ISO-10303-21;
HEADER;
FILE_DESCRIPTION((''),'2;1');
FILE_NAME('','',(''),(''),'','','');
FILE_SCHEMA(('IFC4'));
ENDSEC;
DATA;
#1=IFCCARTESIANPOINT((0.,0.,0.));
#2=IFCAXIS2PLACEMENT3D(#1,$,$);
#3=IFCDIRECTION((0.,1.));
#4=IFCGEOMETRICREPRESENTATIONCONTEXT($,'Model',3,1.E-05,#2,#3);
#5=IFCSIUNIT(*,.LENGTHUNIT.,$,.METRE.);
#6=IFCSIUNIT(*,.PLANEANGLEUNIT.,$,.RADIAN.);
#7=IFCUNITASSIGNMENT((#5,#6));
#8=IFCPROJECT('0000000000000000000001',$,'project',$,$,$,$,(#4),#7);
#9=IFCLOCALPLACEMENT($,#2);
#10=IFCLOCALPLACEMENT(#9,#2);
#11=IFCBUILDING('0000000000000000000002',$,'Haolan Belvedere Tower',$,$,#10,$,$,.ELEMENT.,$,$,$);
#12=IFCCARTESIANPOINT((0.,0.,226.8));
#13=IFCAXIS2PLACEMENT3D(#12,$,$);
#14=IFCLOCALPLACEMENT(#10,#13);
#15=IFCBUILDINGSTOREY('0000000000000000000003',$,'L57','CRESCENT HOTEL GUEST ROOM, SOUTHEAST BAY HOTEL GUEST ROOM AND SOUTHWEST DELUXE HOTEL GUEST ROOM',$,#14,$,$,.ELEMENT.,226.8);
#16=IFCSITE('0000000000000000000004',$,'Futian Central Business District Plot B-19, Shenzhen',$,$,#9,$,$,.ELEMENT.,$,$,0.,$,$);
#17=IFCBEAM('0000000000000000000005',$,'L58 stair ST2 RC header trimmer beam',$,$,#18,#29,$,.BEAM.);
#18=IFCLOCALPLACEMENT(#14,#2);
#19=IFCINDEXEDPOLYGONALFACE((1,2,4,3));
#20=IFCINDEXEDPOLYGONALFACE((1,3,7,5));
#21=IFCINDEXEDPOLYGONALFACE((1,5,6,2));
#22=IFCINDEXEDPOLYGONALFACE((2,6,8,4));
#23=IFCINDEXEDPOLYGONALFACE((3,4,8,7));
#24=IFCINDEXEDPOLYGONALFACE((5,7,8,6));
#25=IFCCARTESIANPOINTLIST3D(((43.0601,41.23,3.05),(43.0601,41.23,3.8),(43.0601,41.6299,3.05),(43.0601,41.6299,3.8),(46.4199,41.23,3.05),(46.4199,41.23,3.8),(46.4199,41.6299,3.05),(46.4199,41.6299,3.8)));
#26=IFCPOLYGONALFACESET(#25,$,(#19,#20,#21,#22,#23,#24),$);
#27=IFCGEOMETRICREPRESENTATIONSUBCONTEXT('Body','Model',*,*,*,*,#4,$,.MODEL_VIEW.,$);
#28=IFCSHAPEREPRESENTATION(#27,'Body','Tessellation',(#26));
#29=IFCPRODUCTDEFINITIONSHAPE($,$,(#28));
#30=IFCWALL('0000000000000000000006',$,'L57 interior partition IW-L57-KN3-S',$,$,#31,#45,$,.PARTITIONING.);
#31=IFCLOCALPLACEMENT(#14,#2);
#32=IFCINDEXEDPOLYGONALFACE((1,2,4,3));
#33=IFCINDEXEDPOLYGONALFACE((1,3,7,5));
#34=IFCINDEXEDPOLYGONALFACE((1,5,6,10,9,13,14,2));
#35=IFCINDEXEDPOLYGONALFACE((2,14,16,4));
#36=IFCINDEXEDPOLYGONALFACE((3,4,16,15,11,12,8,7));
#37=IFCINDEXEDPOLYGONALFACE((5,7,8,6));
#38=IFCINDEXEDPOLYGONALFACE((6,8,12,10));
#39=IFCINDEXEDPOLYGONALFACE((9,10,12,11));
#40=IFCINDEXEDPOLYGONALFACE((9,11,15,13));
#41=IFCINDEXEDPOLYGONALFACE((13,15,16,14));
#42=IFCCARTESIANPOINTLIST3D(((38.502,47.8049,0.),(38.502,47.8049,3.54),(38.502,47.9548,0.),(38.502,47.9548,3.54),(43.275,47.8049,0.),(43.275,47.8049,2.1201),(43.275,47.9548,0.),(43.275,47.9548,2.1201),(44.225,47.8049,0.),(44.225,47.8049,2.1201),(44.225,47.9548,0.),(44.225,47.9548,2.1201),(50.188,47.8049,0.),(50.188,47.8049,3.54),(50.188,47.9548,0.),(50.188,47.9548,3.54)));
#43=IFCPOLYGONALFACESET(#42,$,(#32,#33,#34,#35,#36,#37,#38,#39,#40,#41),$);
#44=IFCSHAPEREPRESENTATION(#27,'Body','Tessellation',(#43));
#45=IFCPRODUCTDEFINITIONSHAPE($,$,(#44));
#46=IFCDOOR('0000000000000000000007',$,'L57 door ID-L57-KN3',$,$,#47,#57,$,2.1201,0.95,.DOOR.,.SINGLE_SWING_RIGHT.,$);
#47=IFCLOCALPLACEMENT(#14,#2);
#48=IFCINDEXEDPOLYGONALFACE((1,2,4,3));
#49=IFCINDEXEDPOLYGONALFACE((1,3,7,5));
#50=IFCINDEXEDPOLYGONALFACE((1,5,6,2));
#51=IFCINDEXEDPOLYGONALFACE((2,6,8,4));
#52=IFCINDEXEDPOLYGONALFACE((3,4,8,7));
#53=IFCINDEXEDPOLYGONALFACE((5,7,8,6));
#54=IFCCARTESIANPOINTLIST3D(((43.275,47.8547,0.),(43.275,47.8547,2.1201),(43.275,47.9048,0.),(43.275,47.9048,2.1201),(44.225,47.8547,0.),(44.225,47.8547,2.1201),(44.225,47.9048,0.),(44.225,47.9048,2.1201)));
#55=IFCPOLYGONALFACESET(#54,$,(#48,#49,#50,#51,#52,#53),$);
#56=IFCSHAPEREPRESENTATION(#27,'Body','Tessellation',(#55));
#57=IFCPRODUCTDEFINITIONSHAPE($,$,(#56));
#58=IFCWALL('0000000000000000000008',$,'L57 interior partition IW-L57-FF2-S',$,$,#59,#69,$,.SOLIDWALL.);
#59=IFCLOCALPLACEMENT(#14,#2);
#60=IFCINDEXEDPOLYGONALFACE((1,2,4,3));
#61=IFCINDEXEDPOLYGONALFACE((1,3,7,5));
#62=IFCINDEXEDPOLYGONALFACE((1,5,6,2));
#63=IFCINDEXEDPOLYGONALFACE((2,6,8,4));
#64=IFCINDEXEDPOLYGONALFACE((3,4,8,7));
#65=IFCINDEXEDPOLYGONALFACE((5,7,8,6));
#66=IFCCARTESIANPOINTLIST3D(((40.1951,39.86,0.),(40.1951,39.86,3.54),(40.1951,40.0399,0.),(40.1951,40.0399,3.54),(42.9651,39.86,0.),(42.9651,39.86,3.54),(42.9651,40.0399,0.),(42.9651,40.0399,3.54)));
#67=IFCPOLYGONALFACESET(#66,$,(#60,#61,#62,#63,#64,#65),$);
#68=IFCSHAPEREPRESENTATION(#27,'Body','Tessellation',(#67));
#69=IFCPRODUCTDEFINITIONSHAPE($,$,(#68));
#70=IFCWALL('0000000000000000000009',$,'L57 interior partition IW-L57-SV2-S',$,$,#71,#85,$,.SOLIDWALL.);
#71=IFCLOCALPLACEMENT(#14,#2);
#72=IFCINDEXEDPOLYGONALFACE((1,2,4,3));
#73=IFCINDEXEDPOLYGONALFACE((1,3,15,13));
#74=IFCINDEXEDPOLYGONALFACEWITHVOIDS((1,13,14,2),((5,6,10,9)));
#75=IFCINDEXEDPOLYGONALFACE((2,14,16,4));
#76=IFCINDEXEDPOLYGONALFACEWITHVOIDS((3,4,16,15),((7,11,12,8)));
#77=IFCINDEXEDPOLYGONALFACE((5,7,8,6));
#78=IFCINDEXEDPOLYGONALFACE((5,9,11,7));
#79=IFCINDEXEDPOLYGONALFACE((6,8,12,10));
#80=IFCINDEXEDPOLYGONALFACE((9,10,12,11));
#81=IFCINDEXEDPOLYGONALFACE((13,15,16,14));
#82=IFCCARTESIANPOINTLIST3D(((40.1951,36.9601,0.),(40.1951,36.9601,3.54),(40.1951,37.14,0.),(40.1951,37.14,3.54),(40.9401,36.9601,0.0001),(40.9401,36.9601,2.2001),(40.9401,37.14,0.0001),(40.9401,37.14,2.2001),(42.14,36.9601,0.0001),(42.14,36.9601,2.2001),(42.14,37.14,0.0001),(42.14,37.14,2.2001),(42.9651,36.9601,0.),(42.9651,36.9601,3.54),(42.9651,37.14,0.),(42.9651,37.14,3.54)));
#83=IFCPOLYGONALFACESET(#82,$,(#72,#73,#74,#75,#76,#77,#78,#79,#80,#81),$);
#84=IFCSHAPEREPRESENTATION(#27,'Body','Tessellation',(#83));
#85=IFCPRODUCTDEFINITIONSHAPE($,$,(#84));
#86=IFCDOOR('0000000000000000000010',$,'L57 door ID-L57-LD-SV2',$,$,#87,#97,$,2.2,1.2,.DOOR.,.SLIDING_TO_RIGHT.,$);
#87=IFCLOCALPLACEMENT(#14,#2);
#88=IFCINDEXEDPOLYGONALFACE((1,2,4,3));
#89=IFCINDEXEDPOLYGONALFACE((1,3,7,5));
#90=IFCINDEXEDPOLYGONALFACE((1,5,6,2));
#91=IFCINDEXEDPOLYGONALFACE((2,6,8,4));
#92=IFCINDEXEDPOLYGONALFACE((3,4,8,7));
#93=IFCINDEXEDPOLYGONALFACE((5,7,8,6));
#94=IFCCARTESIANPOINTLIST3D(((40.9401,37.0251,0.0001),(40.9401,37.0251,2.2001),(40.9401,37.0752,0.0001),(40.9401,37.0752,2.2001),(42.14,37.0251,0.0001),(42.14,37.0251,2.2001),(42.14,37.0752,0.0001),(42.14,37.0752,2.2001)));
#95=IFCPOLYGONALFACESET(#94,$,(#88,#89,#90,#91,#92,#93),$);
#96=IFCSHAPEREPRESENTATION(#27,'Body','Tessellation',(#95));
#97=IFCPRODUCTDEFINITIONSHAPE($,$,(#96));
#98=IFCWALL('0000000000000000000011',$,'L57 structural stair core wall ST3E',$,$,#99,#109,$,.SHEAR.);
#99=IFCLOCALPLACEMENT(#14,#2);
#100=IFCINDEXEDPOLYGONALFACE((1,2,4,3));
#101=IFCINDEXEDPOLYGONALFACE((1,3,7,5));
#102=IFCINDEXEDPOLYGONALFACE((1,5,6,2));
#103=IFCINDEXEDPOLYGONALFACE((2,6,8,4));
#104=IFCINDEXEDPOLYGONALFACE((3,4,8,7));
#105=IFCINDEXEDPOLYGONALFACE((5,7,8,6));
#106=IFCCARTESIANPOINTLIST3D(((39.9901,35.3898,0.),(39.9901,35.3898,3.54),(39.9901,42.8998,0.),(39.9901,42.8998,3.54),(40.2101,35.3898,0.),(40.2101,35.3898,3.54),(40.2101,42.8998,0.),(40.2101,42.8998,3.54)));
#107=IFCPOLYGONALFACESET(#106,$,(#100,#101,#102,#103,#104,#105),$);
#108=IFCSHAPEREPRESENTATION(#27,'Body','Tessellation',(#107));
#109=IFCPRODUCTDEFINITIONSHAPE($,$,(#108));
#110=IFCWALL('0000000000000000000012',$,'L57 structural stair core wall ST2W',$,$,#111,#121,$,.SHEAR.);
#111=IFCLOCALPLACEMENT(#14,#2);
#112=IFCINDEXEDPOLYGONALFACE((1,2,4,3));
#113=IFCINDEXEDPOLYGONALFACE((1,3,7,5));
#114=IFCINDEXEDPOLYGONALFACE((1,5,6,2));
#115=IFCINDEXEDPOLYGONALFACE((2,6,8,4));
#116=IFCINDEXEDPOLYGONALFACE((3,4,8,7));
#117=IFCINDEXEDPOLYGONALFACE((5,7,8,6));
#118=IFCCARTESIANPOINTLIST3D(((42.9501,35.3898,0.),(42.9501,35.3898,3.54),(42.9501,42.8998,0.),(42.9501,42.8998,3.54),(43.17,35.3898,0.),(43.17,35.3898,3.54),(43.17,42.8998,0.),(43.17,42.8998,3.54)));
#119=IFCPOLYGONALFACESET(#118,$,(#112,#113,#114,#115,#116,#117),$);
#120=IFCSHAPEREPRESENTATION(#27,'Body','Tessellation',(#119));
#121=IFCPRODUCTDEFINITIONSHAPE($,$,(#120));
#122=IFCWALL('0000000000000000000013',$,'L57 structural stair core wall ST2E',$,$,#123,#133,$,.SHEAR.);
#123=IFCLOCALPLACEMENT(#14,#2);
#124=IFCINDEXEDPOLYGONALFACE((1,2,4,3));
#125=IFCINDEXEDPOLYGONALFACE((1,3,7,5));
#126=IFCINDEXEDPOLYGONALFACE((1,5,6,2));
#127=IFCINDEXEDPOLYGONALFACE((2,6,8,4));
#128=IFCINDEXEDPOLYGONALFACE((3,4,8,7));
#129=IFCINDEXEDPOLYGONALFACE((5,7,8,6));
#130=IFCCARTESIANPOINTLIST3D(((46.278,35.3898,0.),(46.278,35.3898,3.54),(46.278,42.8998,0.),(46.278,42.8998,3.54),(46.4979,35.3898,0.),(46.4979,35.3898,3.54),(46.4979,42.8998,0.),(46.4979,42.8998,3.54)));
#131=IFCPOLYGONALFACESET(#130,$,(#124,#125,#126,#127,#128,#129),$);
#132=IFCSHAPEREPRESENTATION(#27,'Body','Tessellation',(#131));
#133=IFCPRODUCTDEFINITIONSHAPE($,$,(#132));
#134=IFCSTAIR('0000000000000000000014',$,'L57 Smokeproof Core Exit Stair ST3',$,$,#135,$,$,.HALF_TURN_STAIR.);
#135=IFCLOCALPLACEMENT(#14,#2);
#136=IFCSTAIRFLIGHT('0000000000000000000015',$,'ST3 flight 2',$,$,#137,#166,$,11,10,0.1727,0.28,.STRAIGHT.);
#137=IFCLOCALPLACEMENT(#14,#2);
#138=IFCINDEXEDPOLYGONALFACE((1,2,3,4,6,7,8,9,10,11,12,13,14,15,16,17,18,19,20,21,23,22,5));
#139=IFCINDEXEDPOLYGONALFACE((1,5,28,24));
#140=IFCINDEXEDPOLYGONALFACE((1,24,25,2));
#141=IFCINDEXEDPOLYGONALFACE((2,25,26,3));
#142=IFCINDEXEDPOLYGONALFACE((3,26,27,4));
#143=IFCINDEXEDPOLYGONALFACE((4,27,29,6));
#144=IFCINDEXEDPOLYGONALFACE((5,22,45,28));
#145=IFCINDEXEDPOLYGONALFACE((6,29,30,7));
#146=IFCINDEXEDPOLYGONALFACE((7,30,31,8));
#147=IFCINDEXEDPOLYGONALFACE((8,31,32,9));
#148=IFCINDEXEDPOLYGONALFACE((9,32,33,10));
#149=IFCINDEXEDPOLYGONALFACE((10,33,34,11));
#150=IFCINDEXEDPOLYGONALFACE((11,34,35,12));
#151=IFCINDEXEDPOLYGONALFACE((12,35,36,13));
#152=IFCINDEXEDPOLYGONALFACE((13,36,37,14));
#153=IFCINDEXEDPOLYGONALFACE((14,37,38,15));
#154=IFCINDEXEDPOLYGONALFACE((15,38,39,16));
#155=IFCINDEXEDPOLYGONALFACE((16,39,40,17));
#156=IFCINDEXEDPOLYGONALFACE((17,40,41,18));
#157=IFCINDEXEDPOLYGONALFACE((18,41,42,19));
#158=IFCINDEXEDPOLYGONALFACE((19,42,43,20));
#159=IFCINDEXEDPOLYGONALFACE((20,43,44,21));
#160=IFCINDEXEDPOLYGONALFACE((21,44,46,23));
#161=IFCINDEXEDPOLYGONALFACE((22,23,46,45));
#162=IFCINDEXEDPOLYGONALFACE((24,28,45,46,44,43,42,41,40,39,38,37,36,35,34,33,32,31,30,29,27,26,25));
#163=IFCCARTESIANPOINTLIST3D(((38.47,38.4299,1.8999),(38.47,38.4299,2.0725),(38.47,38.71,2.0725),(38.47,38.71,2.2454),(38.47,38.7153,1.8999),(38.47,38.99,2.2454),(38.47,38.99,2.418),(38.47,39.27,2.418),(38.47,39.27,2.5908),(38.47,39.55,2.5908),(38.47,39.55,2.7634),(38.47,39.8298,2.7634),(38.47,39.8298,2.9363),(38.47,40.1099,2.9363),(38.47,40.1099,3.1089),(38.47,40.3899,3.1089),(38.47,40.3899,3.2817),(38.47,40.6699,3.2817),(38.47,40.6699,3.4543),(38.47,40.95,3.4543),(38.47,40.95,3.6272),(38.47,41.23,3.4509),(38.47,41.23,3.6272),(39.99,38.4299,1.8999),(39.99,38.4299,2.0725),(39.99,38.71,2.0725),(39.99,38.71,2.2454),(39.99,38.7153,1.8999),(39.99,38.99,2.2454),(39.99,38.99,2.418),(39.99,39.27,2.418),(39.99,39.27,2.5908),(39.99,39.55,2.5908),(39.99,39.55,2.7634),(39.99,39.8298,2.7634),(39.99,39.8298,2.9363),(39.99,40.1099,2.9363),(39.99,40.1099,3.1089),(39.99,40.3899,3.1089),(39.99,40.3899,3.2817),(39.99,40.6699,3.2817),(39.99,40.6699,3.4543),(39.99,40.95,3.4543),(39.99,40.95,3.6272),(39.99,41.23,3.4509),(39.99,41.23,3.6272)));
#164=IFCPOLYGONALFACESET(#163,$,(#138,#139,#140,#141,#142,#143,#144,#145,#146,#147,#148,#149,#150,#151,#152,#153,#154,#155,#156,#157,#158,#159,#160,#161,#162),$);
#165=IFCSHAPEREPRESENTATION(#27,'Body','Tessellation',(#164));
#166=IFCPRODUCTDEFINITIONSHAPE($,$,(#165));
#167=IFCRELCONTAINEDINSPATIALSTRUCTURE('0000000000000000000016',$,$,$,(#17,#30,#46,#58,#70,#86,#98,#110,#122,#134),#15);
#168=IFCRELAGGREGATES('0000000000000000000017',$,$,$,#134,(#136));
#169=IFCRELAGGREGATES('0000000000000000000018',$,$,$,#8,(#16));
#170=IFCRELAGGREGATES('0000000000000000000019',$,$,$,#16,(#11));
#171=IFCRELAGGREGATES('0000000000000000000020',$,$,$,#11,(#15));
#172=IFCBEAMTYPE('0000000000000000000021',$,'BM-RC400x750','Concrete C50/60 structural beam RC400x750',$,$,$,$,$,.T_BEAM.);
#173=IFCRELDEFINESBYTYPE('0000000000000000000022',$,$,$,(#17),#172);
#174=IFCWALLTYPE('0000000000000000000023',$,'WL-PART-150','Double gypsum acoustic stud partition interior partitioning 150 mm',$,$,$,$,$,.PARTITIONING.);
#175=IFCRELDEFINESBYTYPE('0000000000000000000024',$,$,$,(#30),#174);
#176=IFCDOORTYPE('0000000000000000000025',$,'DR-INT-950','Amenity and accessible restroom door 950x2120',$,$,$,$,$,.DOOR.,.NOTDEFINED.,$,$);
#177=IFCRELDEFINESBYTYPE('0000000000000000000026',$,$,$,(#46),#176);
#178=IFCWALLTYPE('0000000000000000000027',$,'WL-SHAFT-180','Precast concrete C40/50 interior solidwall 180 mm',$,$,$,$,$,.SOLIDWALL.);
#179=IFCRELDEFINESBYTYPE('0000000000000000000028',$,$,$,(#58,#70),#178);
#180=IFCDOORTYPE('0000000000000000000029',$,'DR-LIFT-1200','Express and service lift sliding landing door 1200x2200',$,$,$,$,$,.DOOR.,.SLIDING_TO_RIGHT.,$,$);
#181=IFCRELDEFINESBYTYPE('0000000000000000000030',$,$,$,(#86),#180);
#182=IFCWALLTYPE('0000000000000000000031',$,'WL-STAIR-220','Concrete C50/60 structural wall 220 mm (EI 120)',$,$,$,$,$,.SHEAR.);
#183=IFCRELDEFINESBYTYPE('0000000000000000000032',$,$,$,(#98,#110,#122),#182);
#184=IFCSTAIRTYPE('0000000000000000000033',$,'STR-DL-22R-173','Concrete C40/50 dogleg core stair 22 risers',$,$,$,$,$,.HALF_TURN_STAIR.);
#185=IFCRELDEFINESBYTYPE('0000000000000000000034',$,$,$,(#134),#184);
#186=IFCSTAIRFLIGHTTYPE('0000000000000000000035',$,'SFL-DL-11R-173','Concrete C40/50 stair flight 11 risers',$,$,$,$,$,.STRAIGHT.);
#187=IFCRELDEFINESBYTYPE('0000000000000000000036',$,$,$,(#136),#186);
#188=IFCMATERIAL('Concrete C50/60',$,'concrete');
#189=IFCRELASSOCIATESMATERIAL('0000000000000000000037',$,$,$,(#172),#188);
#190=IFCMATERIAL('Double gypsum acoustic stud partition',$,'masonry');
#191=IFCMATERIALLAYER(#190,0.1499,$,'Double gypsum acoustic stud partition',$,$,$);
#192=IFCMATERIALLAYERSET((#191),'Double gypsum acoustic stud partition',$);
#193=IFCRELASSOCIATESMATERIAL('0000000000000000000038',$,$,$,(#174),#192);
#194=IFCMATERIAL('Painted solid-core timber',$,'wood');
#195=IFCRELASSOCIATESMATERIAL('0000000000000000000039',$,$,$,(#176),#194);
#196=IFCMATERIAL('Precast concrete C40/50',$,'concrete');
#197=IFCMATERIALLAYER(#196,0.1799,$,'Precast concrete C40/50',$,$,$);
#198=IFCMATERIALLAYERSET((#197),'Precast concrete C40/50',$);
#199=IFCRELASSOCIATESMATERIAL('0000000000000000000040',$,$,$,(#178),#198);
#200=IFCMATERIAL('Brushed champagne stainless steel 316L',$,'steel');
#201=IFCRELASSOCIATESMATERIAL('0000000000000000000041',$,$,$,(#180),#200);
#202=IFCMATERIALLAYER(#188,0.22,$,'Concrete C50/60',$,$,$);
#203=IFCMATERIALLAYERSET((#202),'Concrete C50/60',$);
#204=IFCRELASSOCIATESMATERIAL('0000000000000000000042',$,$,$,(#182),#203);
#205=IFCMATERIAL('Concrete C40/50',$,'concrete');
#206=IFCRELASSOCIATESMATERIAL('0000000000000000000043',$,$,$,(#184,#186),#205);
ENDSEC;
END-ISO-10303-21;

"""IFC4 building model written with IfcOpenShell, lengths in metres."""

from ifc_helpers import new_model, si_unit, direction, frame, frame_2d, origin, origin_2d, place, context, subcontext, project, spatial, polyline, rectangle, outline, extrude, material, layer, layer_set, material_profile, profile_set, type_object, element, fill, aggregate, save


model = new_model("IFC4")

# Units and contexts
model_context = context("Model", 3, precision=1e-05, world=origin(), true_north=direction((0.0, 1.0)))
body_context = subcontext(model_context, "Body", "Model", "MODEL_VIEW")
ifc_project = project(units=[si_unit("LENGTHUNIT", "METRE"), si_unit("PLANEANGLEUNIT", "RADIAN")], contexts=[model_context])

# Site, building, storey
site_placement = place(None, origin())
site = spatial("IfcSite", under=ifc_project, at=site_placement, Name="Futian Central Business District Plot B-19, Shenzhen", CompositionType="ELEMENT", RefElevation=0.0)
building_placement = place(site_placement, origin())
building = spatial("IfcBuilding", under=site, at=building_placement, Name="Haolan Belvedere Tower", CompositionType="ELEMENT")
storey_placement = place(building_placement, frame((0.0, 0.0, 226.8)))
storey = spatial("IfcBuildingStorey", under=building, at=storey_placement, Name="L57", Description="CRESCENT HOTEL GUEST ROOM, SOUTHEAST BAY HOTEL GUEST ROOM AND SOUTHWEST DELUXE HOTEL GUEST ROOM", CompositionType="ELEMENT", Elevation=226.8)

# Beam
ifc_material_1 = material(Name="Concrete C50/60", Category="concrete")
ifc_material_profile = material_profile(ifc_material_1, rectangle(XDim=0.3999, YDim=0.75, at=origin_2d()), Name="Concrete C50/60")
ifc_profile_set = profile_set([ifc_material_profile], Name="Concrete C50/60")
beam_type = type_object("IfcBeamType", Name="BM-RC400x750", Description="Concrete C50/60 structural beam RC400x750", PredefinedType="T_BEAM", material=ifc_profile_set)
beam_placement = place(storey_placement, frame((43.0601, 41.4299, 3.425), z_axis=(1.0, 0.0, 0.0), x_axis=(0.0, 1.0, 0.0)))
element("IfcBeam", 1, at=beam_placement, inside=storey, type_object=beam_type, Name="L58 stair ST2 RC header trimmer beam", PredefinedType="BEAM", context=body_context, shape_type="SweptSolid", body=[
    extrude(rectangle(XDim=0.3999, YDim=0.75, at=origin_2d()), origin(), (0.0, 0.0, 1.0), 3.3599),
])

# Wall, opening, door
ifc_material_2 = material(Name="Concrete C40/50", Category="concrete")
ifc_material_3 = material(Name="Double gypsum acoustic stud partition", Category="masonry")
ifc_layer_1 = layer(ifc_material_3, 0.1499, Name="Double gypsum acoustic stud partition")
ifc_layer_set_1 = layer_set([ifc_layer_1], Name="Double gypsum acoustic stud partition")
wall_type_1 = type_object("IfcWallType", Name="WL-PART-150", Description="Double gypsum acoustic stud partition interior partitioning 150 mm", PredefinedType="PARTITIONING", material=ifc_layer_set_1)
wall_1_placement = place(storey_placement, frame((38.502, 47.8799, 0.0), z_axis=(0.0, 0.0, 1.0), x_axis=(1.0, 0.0, 0.0)))
wall_1 = element("IfcWall", 2, at=wall_1_placement, inside=storey, type_object=wall_type_1, Name="L57 interior partition IW-L57-KN3-S", PredefinedType="PARTITIONING", context=body_context, shape_type="SweptSolid", body=[
    extrude(rectangle(XDim=11.686, YDim=0.1499, at=frame_2d((5.843, 0.0))), origin(), (0.0, 0.0, 1.0), 3.54),
])
opening_1_placement = place(wall_1_placement, frame((4.7729, 0.0, 0.0)))
opening_1 = element("IfcOpeningElement", 3, at=opening_1_placement, cuts=wall_1, PredefinedType="OPENING", context=body_context, shape_type="SweptSolid", body=[
    extrude(rectangle(XDim=0.95, YDim=2.1201, at=frame_2d((0.4751, 1.0601))), frame((0.0, 0.085, 0.0), z_axis=(0.0, -1.0, 0.0), x_axis=(1.0, 0.0, 0.0)), (0.0, 0.0, 1.0), 0.1699),
])
ifc_material_4 = material(Name="Painted solid-core timber", Category="wood")
door_type_1 = type_object("IfcDoorType", Name="DR-INT-950", Description="Amenity and accessible restroom door 950x2120", OperationType="NOTDEFINED", PredefinedType="DOOR", material=ifc_material_4)
door_1_placement = place(opening_1_placement, origin())
door_1 = element("IfcDoor", 4, at=door_1_placement, inside=storey, type_object=door_type_1, Name="L57 door ID-L57-KN3", OperationType="SINGLE_SWING_RIGHT", OverallHeight=2.1201, OverallWidth=0.95, PredefinedType="DOOR", context=body_context, shape_type="SweptSolid", body=[
    extrude(rectangle(XDim=0.95, YDim=2.1201, at=frame_2d((0.4751, 1.0601))), frame((0.0, 0.0249, 0.0), z_axis=(0.0, -1.0, 0.0), x_axis=(1.0, 0.0, 0.0)), (0.0, 0.0, 1.0), 0.05),
])
fill(opening_1, door_1)

# Wall
ifc_material_5 = material(Name="Precast concrete C40/50", Category="concrete")
ifc_layer_2 = layer(ifc_material_5, 0.1799, Name="Precast concrete C40/50")
ifc_layer_set_2 = layer_set([ifc_layer_2], Name="Precast concrete C40/50")
wall_type_2 = type_object("IfcWallType", Name="WL-SHAFT-180", Description="Precast concrete C40/50 interior solidwall 180 mm", PredefinedType="SOLIDWALL", material=ifc_layer_set_2)
wall_2_placement = place(storey_placement, frame((40.1951, 39.95, 0.0), z_axis=(0.0, 0.0, 1.0), x_axis=(1.0, 0.0, 0.0)))
element("IfcWall", 5, at=wall_2_placement, inside=storey, type_object=wall_type_2, Name="L57 interior partition IW-L57-FF2-S", PredefinedType="SOLIDWALL", context=body_context, shape_type="SweptSolid", body=[
    extrude(rectangle(XDim=2.77, YDim=0.1799, at=frame_2d((1.385, 0.0))), origin(), (0.0, 0.0, 1.0), 3.54),
])

# Wall, opening, door
wall_3_placement = place(storey_placement, frame((40.1951, 37.05, 0.0), z_axis=(0.0, 0.0, 1.0), x_axis=(1.0, 0.0, 0.0)))
wall_3 = element("IfcWall", 6, at=wall_3_placement, inside=storey, type_object=wall_type_2, Name="L57 interior partition IW-L57-SV2-S", PredefinedType="SOLIDWALL", context=body_context, shape_type="SweptSolid", body=[
    extrude(rectangle(XDim=2.77, YDim=0.1799, at=frame_2d((1.385, 0.0))), origin(), (0.0, 0.0, 1.0), 3.54),
])
opening_2_placement = place(wall_3_placement, frame((1.9451, 0.0, 0.0), z_axis=(0.0, 0.0, 1.0), x_axis=(-1.0, 0.0, 0.0)))
opening_2 = element("IfcOpeningElement", 7, at=opening_2_placement, cuts=wall_3, PredefinedType="OPENING", context=body_context, shape_type="SweptSolid", body=[
    extrude(rectangle(XDim=1.2, YDim=2.2, at=frame_2d((0.6001, 1.1001))), frame((0.0, 0.0999, 0.0), z_axis=(0.0, -1.0, 0.0), x_axis=(1.0, 0.0, 0.0)), (0.0, 0.0, 1.0), 0.2),
])
ifc_material_6 = material(Name="Brushed champagne stainless steel 316L", Category="steel")
door_type_2 = type_object("IfcDoorType", Name="DR-LIFT-1200", Description="Express and service lift sliding landing door 1200x2200", OperationType="SLIDING_TO_RIGHT", PredefinedType="DOOR", material=ifc_material_6)
door_2_placement = place(opening_2_placement, origin())
door_2 = element("IfcDoor", 8, at=door_2_placement, inside=storey, type_object=door_type_2, Name="L57 door ID-L57-LD-SV2", OperationType="SLIDING_TO_RIGHT", OverallHeight=2.2, OverallWidth=1.2, PredefinedType="DOOR", context=body_context, shape_type="SweptSolid", body=[
    extrude(rectangle(XDim=1.2, YDim=2.2, at=frame_2d((0.6001, 1.1001))), frame((0.0, 0.0249, 0.0), z_axis=(0.0, -1.0, 0.0), x_axis=(1.0, 0.0, 0.0)), (0.0, 0.0, 1.0), 0.05),
])
fill(opening_2, door_2)

# Walls
ifc_layer_3 = layer(ifc_material_1, 0.22, Name="Concrete C50/60")
ifc_layer_set_3 = layer_set([ifc_layer_3], Name="Concrete C50/60")
wall_type_3 = type_object("IfcWallType", Name="WL-STAIR-220", Description="Concrete C50/60 structural wall 220 mm (EI 120)", PredefinedType="SHEAR", material=ifc_layer_set_3)
for number, where, z_axis, x_axis, name in (
    (9, (40.1001, 35.3899, 0.0), (0.0, 0.0, 1.0), (0.0, 1.0, 0.0), "L57 structural stair core wall ST3E"),
    (10, (43.0601, 35.3899, 0.0), (0.0, 0.0, 1.0), (0.0, 1.0, 0.0), "L57 structural stair core wall ST2W"),
    (11, (46.3879, 35.3899, 0.0), (0.0, 0.0, 1.0), (0.0, 1.0, 0.0), "L57 structural stair core wall ST2E"),
):
    element("IfcWall", number, at=place(storey_placement, frame(where, z_axis=z_axis, x_axis=x_axis)), inside=storey, type_object=wall_type_3, Name=name, PredefinedType="SHEAR", context=body_context, shape_type="SweptSolid", body=[
        extrude(rectangle(XDim=7.51, YDim=0.22, at=frame_2d((3.7549, 0.0))), origin(), (0.0, 0.0, 1.0), 3.54),
    ])

# Stair, stair flight
stair_type = type_object("IfcStairType", Name="STR-DL-22R-173", Description="Concrete C40/50 dogleg core stair 22 risers", PredefinedType="HALF_TURN_STAIR", material=ifc_material_2)
stair_1_placement = place(storey_placement, origin())
stair_1 = element("IfcStair", 12, at=stair_1_placement, inside=storey, type_object=stair_type, Name="L57 Smokeproof Core Exit Stair ST3", PredefinedType="HALF_TURN_STAIR")
stair_flight_type = type_object("IfcStairFlightType", Name="SFL-DL-11R-173", Description="Concrete C40/50 stair flight 11 risers", PredefinedType="STRAIGHT", material=ifc_material_2)
stair_flight_1_placement = place(storey_placement, frame((39.23, 38.4299, 1.8999), z_axis=(0.0, 0.0, 1.0), x_axis=(0.0, 1.0, 0.0)))
stair_flight_1 = element("IfcStairFlight", 13, at=stair_flight_1_placement, type_object=stair_flight_type, Name="ST3 flight 2", NumberOfRisers=11, NumberOfTreads=10, PredefinedType="STRAIGHT", RiserHeight=0.1727, TreadLength=0.28, context=body_context, shape_type="SweptSolid", body=[
    extrude(outline(polyline([(0.0, 0.0), (0.0, 0.1726), (0.28, 0.1726), (0.28, 0.3455), (0.5601, 0.3455), (0.5601, 0.5181), (0.8401, 0.5181), (0.8401, 0.6909), (1.1201, 0.6909), (1.1201, 0.8635), (1.3999, 0.8635), (1.3999, 1.0364), (1.6799, 1.0364), (1.6799, 1.209), (1.96, 1.209), (1.96, 1.3818), (2.24, 1.3818), (2.24, 1.5544), (2.52, 1.5544), (2.52, 1.7273), (2.8, 1.7273), (2.8, 1.8999), (2.8, 1.551), (0.2854, 0.0), (0.0, 0.0)])), frame((0.0, 0.76, 0.0), z_axis=(0.0, -1.0, 0.0), x_axis=(1.0, 0.0, 0.0)), (0.0, 0.0, 1.0), 1.52),
])
aggregate(stair_1, [stair_flight_1])

save(model, "model.ifc")
